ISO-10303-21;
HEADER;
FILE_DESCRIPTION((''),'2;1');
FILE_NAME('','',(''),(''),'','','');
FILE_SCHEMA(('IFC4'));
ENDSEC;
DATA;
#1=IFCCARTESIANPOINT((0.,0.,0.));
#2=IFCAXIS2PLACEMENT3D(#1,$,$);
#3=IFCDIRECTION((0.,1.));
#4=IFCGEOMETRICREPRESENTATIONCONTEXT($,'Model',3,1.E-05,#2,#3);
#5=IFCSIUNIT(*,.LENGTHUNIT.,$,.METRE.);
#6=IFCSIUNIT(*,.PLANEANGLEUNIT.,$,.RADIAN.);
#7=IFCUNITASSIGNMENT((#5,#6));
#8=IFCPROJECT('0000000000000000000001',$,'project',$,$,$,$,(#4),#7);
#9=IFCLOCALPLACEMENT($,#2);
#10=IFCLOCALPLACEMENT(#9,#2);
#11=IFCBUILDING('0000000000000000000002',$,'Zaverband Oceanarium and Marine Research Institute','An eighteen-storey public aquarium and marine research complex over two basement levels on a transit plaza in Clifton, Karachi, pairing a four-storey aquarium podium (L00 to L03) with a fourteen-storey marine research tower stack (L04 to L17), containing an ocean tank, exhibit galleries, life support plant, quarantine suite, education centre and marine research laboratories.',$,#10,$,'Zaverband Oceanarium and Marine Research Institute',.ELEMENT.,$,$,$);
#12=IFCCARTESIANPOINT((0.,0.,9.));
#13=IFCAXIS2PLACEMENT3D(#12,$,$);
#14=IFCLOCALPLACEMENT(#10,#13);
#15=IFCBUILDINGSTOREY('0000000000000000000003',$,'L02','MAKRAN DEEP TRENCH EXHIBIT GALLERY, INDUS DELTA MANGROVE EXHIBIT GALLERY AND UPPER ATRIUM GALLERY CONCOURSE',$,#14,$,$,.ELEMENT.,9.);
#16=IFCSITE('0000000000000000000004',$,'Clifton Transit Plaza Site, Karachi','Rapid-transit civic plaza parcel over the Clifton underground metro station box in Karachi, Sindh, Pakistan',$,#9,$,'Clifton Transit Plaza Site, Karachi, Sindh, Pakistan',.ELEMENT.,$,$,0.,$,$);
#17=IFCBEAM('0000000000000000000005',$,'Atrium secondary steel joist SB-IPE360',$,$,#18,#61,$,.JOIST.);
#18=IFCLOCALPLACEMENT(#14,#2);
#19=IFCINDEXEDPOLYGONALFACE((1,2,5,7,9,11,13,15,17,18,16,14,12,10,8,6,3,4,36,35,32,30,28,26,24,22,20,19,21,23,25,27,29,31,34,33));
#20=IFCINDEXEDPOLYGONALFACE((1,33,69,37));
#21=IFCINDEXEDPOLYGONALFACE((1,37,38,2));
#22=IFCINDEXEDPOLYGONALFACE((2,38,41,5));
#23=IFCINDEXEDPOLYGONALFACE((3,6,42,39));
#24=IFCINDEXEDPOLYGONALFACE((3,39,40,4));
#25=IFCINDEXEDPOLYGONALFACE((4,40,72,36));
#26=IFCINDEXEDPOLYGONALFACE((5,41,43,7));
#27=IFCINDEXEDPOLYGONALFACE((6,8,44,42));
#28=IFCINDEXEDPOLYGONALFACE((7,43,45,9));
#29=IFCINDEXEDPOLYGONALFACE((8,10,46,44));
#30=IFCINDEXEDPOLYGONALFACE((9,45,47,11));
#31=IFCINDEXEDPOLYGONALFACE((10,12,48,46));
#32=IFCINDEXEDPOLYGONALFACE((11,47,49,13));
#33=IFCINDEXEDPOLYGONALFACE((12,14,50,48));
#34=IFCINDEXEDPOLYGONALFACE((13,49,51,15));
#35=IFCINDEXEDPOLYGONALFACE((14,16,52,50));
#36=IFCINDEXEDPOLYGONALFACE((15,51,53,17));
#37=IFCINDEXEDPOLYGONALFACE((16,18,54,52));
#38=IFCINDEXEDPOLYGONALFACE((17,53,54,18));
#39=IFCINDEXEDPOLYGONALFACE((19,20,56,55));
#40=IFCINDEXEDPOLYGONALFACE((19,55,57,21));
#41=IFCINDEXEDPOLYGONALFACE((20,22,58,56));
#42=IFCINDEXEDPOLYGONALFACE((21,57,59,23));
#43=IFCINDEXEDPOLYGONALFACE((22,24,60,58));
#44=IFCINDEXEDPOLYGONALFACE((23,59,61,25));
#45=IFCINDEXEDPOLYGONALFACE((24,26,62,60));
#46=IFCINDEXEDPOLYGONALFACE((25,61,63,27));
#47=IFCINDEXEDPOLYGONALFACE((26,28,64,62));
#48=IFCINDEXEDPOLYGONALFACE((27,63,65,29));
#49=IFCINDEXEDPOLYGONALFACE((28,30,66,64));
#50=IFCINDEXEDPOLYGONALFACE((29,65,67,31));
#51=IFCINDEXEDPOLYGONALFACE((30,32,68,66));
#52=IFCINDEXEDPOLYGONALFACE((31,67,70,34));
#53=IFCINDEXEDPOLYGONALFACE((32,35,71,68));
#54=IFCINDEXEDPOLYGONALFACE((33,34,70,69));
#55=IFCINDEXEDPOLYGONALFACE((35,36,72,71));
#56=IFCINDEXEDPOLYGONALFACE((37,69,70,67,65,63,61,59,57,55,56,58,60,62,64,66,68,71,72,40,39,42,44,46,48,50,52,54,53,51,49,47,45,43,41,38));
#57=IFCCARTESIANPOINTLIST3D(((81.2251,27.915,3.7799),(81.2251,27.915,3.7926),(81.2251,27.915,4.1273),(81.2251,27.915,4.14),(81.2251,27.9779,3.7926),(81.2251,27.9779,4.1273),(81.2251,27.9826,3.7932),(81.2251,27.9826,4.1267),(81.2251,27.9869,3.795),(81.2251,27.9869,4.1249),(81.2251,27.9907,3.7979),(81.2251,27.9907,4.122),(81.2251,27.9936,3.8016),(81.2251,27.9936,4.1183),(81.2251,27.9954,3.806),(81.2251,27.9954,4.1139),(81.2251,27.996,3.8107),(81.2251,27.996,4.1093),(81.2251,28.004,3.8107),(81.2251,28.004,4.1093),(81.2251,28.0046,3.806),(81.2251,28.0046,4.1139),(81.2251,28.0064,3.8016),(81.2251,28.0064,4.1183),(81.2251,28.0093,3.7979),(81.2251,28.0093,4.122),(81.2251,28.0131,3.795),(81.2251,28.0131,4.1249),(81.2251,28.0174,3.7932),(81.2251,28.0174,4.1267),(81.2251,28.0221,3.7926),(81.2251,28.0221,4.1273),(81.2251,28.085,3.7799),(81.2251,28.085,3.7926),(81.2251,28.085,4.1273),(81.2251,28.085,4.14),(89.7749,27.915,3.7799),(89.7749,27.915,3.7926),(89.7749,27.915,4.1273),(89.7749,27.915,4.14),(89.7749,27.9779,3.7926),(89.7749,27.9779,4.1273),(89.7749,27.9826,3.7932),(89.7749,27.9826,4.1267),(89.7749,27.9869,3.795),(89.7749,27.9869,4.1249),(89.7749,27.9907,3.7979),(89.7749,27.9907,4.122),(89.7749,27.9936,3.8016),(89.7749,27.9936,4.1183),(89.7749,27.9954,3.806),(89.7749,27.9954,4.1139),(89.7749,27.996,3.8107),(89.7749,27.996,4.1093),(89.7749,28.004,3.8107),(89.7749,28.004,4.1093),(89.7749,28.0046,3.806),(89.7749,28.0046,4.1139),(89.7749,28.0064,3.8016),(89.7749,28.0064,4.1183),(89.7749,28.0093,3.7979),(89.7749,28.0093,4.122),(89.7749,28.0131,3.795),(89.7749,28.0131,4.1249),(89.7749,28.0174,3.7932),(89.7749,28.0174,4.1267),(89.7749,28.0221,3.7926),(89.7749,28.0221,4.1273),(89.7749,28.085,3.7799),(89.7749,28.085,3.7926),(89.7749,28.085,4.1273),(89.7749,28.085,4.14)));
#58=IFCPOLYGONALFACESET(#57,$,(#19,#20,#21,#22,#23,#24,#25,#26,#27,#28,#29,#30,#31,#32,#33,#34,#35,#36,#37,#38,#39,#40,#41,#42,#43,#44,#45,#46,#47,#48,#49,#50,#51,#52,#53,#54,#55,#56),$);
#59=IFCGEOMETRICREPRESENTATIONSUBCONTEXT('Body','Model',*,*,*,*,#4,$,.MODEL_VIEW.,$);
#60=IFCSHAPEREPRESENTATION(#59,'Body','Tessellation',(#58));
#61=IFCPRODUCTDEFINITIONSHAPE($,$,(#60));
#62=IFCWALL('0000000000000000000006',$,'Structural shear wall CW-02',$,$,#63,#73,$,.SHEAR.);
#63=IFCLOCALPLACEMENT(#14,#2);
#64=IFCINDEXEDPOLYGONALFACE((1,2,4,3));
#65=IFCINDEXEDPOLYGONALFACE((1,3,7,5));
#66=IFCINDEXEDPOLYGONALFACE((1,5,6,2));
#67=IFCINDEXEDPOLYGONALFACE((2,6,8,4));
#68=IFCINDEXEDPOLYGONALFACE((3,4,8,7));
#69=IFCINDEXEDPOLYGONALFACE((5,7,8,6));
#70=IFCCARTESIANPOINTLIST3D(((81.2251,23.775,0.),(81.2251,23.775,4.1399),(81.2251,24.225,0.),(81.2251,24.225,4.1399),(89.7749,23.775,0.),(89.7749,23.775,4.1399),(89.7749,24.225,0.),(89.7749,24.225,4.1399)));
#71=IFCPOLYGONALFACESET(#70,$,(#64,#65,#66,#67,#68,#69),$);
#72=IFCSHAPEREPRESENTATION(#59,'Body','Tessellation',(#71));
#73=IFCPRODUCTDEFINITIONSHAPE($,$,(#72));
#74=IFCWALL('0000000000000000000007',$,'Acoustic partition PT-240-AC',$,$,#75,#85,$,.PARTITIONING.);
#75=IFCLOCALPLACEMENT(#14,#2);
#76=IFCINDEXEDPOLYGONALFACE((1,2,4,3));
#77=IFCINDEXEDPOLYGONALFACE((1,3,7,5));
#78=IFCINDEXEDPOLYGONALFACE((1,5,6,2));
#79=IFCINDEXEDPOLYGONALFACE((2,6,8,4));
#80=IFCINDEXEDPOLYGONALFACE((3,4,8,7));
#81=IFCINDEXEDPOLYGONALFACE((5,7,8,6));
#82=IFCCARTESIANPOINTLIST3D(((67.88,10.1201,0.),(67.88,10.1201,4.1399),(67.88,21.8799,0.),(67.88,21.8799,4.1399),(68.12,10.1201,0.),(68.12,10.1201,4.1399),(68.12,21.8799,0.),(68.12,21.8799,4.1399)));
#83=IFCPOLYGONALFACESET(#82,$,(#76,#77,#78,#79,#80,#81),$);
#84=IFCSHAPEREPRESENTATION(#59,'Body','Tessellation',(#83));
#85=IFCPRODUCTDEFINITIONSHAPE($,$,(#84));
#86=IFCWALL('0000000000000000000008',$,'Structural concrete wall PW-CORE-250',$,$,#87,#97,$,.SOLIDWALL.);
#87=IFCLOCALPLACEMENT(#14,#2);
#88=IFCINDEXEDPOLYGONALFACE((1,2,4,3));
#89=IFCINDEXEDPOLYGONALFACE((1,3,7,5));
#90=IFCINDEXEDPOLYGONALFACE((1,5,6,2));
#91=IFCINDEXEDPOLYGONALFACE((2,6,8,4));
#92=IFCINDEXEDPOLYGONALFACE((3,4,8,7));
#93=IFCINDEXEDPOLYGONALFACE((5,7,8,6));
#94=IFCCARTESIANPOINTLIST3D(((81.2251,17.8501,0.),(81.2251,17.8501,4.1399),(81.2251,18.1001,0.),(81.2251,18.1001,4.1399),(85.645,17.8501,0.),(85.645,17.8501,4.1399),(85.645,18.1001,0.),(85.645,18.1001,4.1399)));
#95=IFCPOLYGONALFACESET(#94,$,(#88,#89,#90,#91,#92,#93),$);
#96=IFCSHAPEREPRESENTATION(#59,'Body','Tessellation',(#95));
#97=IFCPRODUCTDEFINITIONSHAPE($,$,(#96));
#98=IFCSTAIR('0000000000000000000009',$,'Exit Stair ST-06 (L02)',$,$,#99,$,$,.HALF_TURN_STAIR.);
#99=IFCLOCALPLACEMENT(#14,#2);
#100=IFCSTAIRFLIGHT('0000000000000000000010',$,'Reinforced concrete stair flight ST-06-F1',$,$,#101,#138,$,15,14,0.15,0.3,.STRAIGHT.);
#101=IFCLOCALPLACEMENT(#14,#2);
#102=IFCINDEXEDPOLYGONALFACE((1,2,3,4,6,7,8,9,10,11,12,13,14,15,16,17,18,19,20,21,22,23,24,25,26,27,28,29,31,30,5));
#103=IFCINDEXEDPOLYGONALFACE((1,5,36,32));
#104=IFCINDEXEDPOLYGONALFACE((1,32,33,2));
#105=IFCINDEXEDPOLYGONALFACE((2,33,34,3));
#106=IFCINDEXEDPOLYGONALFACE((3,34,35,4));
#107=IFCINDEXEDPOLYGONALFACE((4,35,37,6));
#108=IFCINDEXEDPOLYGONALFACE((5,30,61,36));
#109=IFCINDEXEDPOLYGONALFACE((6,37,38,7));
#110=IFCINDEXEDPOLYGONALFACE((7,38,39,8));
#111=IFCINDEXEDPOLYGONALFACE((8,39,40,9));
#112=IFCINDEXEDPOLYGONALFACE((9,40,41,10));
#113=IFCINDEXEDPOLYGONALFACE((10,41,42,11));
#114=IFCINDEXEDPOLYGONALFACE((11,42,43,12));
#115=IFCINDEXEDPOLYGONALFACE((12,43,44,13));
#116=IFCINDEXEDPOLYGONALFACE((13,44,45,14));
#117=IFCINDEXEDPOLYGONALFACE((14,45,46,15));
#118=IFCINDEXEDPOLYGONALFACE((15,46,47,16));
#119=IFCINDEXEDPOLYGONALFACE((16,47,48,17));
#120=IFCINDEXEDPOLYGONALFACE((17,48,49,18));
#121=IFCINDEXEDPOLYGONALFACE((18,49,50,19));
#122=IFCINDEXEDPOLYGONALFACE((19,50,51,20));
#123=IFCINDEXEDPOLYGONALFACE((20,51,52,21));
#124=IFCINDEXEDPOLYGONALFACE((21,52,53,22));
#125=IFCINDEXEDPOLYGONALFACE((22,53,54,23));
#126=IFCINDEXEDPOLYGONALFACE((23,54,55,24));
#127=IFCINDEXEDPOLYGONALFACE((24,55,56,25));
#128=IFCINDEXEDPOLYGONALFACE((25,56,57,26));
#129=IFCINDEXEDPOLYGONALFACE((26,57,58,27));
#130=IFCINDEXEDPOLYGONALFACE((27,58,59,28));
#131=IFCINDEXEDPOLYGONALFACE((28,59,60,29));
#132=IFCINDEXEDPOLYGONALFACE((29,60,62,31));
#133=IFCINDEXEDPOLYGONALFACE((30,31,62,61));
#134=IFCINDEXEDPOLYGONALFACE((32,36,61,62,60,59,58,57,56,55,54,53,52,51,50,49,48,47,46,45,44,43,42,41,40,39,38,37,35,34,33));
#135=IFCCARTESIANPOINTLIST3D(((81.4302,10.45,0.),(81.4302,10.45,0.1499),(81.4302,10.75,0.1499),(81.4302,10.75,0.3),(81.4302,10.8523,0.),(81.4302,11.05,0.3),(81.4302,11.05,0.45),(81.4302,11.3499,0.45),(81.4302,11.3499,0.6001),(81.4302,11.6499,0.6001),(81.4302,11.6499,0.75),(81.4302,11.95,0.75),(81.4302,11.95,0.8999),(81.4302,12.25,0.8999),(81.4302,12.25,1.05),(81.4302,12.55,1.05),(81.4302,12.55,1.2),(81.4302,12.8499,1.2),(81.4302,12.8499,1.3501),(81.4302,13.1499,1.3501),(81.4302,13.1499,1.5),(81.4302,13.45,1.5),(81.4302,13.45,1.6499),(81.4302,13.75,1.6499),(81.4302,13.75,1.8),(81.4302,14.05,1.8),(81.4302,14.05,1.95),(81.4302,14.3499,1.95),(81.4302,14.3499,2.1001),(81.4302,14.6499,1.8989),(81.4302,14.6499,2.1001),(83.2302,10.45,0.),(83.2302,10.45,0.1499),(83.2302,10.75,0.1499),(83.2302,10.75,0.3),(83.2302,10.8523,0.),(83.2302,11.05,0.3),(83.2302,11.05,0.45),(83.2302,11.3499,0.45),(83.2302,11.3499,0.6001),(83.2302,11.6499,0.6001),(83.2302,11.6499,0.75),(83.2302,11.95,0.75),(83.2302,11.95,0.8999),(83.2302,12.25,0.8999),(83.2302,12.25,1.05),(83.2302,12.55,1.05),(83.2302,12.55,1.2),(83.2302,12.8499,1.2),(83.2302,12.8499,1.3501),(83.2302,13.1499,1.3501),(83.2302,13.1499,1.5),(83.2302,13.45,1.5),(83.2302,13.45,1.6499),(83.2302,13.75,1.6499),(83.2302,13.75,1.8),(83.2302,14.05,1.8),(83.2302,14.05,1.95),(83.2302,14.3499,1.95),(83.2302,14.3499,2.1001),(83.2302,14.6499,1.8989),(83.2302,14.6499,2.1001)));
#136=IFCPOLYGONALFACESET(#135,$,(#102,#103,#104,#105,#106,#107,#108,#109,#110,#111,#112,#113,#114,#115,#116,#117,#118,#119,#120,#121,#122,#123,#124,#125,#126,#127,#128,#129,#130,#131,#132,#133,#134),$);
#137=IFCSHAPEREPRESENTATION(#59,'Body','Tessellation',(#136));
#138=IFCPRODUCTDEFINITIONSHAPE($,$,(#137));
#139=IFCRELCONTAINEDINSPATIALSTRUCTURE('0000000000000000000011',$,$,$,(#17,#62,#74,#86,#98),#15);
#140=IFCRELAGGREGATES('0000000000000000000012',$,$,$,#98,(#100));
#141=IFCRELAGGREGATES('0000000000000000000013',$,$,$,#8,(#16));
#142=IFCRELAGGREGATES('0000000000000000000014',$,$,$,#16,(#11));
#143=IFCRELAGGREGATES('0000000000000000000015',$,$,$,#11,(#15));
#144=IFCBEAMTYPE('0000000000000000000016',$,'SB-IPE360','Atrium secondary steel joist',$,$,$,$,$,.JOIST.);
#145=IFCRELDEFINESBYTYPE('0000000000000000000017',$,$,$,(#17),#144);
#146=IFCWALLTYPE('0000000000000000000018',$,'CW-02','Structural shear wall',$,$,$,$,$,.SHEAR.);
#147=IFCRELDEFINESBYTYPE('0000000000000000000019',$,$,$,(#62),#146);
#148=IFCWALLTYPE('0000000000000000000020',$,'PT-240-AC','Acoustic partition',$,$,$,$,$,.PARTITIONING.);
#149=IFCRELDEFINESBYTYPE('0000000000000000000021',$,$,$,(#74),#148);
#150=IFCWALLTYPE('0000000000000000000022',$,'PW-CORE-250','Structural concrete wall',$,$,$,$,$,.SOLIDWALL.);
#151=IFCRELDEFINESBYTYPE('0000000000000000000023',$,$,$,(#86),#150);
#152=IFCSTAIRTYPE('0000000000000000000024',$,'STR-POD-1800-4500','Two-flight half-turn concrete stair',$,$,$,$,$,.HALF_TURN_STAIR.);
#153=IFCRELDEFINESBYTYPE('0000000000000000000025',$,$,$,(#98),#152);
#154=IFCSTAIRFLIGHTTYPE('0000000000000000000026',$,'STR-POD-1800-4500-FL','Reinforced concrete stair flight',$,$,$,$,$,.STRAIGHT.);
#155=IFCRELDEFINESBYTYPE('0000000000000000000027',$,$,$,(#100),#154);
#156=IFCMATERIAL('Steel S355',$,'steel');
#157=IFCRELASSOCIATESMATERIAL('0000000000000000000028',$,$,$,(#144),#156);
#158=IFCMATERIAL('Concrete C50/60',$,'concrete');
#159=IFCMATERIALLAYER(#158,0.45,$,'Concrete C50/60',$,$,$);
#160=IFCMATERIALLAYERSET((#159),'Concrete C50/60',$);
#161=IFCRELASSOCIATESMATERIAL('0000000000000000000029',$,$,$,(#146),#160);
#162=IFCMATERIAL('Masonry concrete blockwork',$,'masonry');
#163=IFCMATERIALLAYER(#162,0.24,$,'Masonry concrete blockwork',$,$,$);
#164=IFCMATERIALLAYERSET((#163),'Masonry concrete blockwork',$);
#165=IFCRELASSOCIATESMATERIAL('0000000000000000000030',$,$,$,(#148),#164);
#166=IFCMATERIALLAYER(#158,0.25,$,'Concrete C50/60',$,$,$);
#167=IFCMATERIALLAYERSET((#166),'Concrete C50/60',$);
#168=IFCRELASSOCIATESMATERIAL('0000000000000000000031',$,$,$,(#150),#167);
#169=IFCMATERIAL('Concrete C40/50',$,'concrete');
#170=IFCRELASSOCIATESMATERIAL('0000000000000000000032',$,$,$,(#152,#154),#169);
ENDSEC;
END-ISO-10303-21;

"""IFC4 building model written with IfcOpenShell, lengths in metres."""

from ifc_helpers import new_model, si_unit, direction, frame, frame_2d, origin, origin_2d, place, context, subcontext, project, spatial, polyline, rectangle, i_section, outline, extrude, material, layer, layer_set, material_profile, profile_set, type_object, element, aggregate, save


model = new_model("IFC4")

# Units and contexts
model_context = context("Model", 3, precision=1e-05, world=origin(), true_north=direction((0.0, 1.0)))
body_context = subcontext(model_context, "Body", "Model", "MODEL_VIEW")
ifc_project = project(units=[si_unit("LENGTHUNIT", "METRE"), si_unit("PLANEANGLEUNIT", "RADIAN")], contexts=[model_context])

# Site, building, storey
site_placement = place(None, origin())
site = spatial("IfcSite", under=ifc_project, at=site_placement, Name="Clifton Transit Plaza Site, Karachi", Description="Rapid-transit civic plaza parcel over the Clifton underground metro station box in Karachi, Sindh, Pakistan", LongName="Clifton Transit Plaza Site, Karachi, Sindh, Pakistan", CompositionType="ELEMENT", RefElevation=0.0)
building_placement = place(site_placement, origin())
building = spatial("IfcBuilding", under=site, at=building_placement, Name="Zaverband Oceanarium and Marine Research Institute", Description="An eighteen-storey public aquarium and marine research complex over two basement levels on a transit plaza in Clifton, Karachi, pairing a four-storey aquarium podium (L00 to L03) with a fourteen-storey marine research tower stack (L04 to L17), containing an ocean tank, exhibit galleries, life support plant, quarantine suite, education centre and marine research laboratories.", LongName="Zaverband Oceanarium and Marine Research Institute", CompositionType="ELEMENT")
storey_placement = place(building_placement, frame((0.0, 0.0, 9.0)))
storey = spatial("IfcBuildingStorey", under=building, at=storey_placement, Name="L02", Description="MAKRAN DEEP TRENCH EXHIBIT GALLERY, INDUS DELTA MANGROVE EXHIBIT GALLERY AND UPPER ATRIUM GALLERY CONCOURSE", CompositionType="ELEMENT", Elevation=9.0)

# Shared definitions
ifc_material_1 = material(Name="Concrete C50/60", Category="concrete")

# Shared definitions
ifc_material_2 = material(Name="Concrete C40/50", Category="concrete")
ifc_material_3 = material(Name="Steel S355", Category="steel")

# Beam
ifc_material_profile_1 = material_profile(ifc_material_3, i_section(OverallWidth=0.1699, OverallDepth=0.3601, WebThickness=0.0081, FlangeThickness=0.0127, FilletRadius=0.0181, at=origin_2d()), Name="IPE360")
ifc_profile_set_1 = profile_set([ifc_material_profile_1], Name="Steel S355")
beam_type_1 = type_object("IfcBeamType", Name="SB-IPE360", Description="Atrium secondary steel joist", PredefinedType="JOIST", material=ifc_profile_set_1)
beam_1_placement = place(storey_placement, frame((81.2251, 28.0, 3.96), z_axis=(1.0, 0.0, 0.0), x_axis=(0.0, 1.0, 0.0)))
element("IfcBeam", 1, at=beam_1_placement, inside=storey, type_object=beam_type_1, Name="Atrium secondary steel joist SB-IPE360", PredefinedType="JOIST", context=body_context, shape_type="SweptSolid", body=[
    extrude(i_section(OverallWidth=0.1699, OverallDepth=0.3601, WebThickness=0.0081, FlangeThickness=0.0127, FilletRadius=0.0181, at=origin_2d()), origin(), (0.0, 0.0, 1.0), 8.5498),
])

# Walls
ifc_layer_1 = layer(ifc_material_1, 0.45, Name="Concrete C50/60")
ifc_layer_set_1 = layer_set([ifc_layer_1], Name="Concrete C50/60")
wall_type_1 = type_object("IfcWallType", Name="CW-02", Description="Structural shear wall", PredefinedType="SHEAR", material=ifc_layer_set_1)
wall_1_placement = place(storey_placement, frame((81.2251, 24.0, 0.0), z_axis=(0.0, 0.0, 1.0), x_axis=(1.0, 0.0, 0.0)))
element("IfcWall", 2, at=wall_1_placement, inside=storey, type_object=wall_type_1, Name="Structural shear wall CW-02", PredefinedType="SHEAR", context=body_context, shape_type="SweptSolid", body=[
    extrude(rectangle(XDim=8.5498, YDim=0.45, at=frame_2d((4.2749, 0.0))), origin(), (0.0, 0.0, 1.0), 4.1399),
])
ifc_material_4 = material(Name="Masonry concrete blockwork", Category="masonry")
ifc_layer_2 = layer(ifc_material_4, 0.24, Name="Masonry concrete blockwork")
ifc_layer_set_2 = layer_set([ifc_layer_2], Name="Masonry concrete blockwork")
wall_type_2 = type_object("IfcWallType", Name="PT-240-AC", Description="Acoustic partition", PredefinedType="PARTITIONING", material=ifc_layer_set_2)
wall_2_placement = place(storey_placement, frame((68.0, 10.1201, 0.0), z_axis=(0.0, 0.0, 1.0), x_axis=(0.0, 1.0, 0.0)))
element("IfcWall", 3, at=wall_2_placement, inside=storey, type_object=wall_type_2, Name="Acoustic partition PT-240-AC", PredefinedType="PARTITIONING", context=body_context, shape_type="SweptSolid", body=[
    extrude(rectangle(XDim=11.7598, YDim=0.24, at=frame_2d((5.8799, 0.0))), origin(), (0.0, 0.0, 1.0), 4.1399),
])
ifc_layer_3 = layer(ifc_material_1, 0.25, Name="Concrete C50/60")
ifc_layer_set_3 = layer_set([ifc_layer_3], Name="Concrete C50/60")
wall_type_3 = type_object("IfcWallType", Name="PW-CORE-250", Description="Structural concrete wall", PredefinedType="SOLIDWALL", material=ifc_layer_set_3)
wall_3_placement = place(storey_placement, frame((81.2251, 17.9751, 0.0), z_axis=(0.0, 0.0, 1.0), x_axis=(1.0, 0.0, 0.0)))
element("IfcWall", 4, at=wall_3_placement, inside=storey, type_object=wall_type_3, Name="Structural concrete wall PW-CORE-250", PredefinedType="SOLIDWALL", context=body_context, shape_type="SweptSolid", body=[
    extrude(rectangle(XDim=4.4199, YDim=0.25, at=frame_2d((2.21, 0.0))), origin(), (0.0, 0.0, 1.0), 4.1399),
])

# Stair, stair flight
stair_type = type_object("IfcStairType", Name="STR-POD-1800-4500", Description="Two-flight half-turn concrete stair", PredefinedType="HALF_TURN_STAIR", material=ifc_material_2)
stair_placement = place(storey_placement, origin())
stair = element("IfcStair", 5, at=stair_placement, inside=storey, type_object=stair_type, Name="Exit Stair ST-06 (L02)", PredefinedType="HALF_TURN_STAIR")
stair_flight_type = type_object("IfcStairFlightType", Name="STR-POD-1800-4500-FL", Description="Reinforced concrete stair flight", PredefinedType="STRAIGHT", material=ifc_material_2)
stair_flight_placement = place(storey_placement, frame((82.3301, 10.45, 0.0), z_axis=(0.0, 0.0, 1.0), x_axis=(0.0, 1.0, 0.0)))
stair_flight = element("IfcStairFlight", 6, at=stair_flight_placement, type_object=stair_flight_type, Name="Reinforced concrete stair flight ST-06-F1", NumberOfRisers=15, NumberOfTreads=14, PredefinedType="STRAIGHT", RiserHeight=0.15, TreadLength=0.3, context=body_context, shape_type="SweptSolid", body=[
    extrude(outline(polyline([(0.0, 0.0), (0.0, 0.1499), (0.3, 0.1499), (0.3, 0.3), (0.6001, 0.3), (0.6001, 0.45), (0.8999, 0.45), (0.8999, 0.6001), (1.2, 0.6001), (1.2, 0.75), (1.5, 0.75), (1.5, 0.8999), (1.8, 0.8999), (1.8, 1.05), (2.1001, 1.05), (2.1001, 1.2), (2.3999, 1.2), (2.3999, 1.3501), (2.7, 1.3501), (2.7, 1.5), (3.0, 1.5), (3.0, 1.6499), (3.3, 1.6499), (3.3, 1.8), (3.6001, 1.8), (3.6001, 1.95), (3.8999, 1.95), (3.8999, 2.1001), (4.2, 2.1001), (4.2, 2.25), (4.2, 1.8989), (0.4023, 0.0), (0.0, 0.0)])), frame((0.0, 0.8999, 0.0), z_axis=(0.0, -1.0, 0.0), x_axis=(1.0, 0.0, 0.0)), (0.0, 0.0, 1.0), 1.8),
])
aggregate(stair, [stair_flight])

save(model, "model.ifc")
